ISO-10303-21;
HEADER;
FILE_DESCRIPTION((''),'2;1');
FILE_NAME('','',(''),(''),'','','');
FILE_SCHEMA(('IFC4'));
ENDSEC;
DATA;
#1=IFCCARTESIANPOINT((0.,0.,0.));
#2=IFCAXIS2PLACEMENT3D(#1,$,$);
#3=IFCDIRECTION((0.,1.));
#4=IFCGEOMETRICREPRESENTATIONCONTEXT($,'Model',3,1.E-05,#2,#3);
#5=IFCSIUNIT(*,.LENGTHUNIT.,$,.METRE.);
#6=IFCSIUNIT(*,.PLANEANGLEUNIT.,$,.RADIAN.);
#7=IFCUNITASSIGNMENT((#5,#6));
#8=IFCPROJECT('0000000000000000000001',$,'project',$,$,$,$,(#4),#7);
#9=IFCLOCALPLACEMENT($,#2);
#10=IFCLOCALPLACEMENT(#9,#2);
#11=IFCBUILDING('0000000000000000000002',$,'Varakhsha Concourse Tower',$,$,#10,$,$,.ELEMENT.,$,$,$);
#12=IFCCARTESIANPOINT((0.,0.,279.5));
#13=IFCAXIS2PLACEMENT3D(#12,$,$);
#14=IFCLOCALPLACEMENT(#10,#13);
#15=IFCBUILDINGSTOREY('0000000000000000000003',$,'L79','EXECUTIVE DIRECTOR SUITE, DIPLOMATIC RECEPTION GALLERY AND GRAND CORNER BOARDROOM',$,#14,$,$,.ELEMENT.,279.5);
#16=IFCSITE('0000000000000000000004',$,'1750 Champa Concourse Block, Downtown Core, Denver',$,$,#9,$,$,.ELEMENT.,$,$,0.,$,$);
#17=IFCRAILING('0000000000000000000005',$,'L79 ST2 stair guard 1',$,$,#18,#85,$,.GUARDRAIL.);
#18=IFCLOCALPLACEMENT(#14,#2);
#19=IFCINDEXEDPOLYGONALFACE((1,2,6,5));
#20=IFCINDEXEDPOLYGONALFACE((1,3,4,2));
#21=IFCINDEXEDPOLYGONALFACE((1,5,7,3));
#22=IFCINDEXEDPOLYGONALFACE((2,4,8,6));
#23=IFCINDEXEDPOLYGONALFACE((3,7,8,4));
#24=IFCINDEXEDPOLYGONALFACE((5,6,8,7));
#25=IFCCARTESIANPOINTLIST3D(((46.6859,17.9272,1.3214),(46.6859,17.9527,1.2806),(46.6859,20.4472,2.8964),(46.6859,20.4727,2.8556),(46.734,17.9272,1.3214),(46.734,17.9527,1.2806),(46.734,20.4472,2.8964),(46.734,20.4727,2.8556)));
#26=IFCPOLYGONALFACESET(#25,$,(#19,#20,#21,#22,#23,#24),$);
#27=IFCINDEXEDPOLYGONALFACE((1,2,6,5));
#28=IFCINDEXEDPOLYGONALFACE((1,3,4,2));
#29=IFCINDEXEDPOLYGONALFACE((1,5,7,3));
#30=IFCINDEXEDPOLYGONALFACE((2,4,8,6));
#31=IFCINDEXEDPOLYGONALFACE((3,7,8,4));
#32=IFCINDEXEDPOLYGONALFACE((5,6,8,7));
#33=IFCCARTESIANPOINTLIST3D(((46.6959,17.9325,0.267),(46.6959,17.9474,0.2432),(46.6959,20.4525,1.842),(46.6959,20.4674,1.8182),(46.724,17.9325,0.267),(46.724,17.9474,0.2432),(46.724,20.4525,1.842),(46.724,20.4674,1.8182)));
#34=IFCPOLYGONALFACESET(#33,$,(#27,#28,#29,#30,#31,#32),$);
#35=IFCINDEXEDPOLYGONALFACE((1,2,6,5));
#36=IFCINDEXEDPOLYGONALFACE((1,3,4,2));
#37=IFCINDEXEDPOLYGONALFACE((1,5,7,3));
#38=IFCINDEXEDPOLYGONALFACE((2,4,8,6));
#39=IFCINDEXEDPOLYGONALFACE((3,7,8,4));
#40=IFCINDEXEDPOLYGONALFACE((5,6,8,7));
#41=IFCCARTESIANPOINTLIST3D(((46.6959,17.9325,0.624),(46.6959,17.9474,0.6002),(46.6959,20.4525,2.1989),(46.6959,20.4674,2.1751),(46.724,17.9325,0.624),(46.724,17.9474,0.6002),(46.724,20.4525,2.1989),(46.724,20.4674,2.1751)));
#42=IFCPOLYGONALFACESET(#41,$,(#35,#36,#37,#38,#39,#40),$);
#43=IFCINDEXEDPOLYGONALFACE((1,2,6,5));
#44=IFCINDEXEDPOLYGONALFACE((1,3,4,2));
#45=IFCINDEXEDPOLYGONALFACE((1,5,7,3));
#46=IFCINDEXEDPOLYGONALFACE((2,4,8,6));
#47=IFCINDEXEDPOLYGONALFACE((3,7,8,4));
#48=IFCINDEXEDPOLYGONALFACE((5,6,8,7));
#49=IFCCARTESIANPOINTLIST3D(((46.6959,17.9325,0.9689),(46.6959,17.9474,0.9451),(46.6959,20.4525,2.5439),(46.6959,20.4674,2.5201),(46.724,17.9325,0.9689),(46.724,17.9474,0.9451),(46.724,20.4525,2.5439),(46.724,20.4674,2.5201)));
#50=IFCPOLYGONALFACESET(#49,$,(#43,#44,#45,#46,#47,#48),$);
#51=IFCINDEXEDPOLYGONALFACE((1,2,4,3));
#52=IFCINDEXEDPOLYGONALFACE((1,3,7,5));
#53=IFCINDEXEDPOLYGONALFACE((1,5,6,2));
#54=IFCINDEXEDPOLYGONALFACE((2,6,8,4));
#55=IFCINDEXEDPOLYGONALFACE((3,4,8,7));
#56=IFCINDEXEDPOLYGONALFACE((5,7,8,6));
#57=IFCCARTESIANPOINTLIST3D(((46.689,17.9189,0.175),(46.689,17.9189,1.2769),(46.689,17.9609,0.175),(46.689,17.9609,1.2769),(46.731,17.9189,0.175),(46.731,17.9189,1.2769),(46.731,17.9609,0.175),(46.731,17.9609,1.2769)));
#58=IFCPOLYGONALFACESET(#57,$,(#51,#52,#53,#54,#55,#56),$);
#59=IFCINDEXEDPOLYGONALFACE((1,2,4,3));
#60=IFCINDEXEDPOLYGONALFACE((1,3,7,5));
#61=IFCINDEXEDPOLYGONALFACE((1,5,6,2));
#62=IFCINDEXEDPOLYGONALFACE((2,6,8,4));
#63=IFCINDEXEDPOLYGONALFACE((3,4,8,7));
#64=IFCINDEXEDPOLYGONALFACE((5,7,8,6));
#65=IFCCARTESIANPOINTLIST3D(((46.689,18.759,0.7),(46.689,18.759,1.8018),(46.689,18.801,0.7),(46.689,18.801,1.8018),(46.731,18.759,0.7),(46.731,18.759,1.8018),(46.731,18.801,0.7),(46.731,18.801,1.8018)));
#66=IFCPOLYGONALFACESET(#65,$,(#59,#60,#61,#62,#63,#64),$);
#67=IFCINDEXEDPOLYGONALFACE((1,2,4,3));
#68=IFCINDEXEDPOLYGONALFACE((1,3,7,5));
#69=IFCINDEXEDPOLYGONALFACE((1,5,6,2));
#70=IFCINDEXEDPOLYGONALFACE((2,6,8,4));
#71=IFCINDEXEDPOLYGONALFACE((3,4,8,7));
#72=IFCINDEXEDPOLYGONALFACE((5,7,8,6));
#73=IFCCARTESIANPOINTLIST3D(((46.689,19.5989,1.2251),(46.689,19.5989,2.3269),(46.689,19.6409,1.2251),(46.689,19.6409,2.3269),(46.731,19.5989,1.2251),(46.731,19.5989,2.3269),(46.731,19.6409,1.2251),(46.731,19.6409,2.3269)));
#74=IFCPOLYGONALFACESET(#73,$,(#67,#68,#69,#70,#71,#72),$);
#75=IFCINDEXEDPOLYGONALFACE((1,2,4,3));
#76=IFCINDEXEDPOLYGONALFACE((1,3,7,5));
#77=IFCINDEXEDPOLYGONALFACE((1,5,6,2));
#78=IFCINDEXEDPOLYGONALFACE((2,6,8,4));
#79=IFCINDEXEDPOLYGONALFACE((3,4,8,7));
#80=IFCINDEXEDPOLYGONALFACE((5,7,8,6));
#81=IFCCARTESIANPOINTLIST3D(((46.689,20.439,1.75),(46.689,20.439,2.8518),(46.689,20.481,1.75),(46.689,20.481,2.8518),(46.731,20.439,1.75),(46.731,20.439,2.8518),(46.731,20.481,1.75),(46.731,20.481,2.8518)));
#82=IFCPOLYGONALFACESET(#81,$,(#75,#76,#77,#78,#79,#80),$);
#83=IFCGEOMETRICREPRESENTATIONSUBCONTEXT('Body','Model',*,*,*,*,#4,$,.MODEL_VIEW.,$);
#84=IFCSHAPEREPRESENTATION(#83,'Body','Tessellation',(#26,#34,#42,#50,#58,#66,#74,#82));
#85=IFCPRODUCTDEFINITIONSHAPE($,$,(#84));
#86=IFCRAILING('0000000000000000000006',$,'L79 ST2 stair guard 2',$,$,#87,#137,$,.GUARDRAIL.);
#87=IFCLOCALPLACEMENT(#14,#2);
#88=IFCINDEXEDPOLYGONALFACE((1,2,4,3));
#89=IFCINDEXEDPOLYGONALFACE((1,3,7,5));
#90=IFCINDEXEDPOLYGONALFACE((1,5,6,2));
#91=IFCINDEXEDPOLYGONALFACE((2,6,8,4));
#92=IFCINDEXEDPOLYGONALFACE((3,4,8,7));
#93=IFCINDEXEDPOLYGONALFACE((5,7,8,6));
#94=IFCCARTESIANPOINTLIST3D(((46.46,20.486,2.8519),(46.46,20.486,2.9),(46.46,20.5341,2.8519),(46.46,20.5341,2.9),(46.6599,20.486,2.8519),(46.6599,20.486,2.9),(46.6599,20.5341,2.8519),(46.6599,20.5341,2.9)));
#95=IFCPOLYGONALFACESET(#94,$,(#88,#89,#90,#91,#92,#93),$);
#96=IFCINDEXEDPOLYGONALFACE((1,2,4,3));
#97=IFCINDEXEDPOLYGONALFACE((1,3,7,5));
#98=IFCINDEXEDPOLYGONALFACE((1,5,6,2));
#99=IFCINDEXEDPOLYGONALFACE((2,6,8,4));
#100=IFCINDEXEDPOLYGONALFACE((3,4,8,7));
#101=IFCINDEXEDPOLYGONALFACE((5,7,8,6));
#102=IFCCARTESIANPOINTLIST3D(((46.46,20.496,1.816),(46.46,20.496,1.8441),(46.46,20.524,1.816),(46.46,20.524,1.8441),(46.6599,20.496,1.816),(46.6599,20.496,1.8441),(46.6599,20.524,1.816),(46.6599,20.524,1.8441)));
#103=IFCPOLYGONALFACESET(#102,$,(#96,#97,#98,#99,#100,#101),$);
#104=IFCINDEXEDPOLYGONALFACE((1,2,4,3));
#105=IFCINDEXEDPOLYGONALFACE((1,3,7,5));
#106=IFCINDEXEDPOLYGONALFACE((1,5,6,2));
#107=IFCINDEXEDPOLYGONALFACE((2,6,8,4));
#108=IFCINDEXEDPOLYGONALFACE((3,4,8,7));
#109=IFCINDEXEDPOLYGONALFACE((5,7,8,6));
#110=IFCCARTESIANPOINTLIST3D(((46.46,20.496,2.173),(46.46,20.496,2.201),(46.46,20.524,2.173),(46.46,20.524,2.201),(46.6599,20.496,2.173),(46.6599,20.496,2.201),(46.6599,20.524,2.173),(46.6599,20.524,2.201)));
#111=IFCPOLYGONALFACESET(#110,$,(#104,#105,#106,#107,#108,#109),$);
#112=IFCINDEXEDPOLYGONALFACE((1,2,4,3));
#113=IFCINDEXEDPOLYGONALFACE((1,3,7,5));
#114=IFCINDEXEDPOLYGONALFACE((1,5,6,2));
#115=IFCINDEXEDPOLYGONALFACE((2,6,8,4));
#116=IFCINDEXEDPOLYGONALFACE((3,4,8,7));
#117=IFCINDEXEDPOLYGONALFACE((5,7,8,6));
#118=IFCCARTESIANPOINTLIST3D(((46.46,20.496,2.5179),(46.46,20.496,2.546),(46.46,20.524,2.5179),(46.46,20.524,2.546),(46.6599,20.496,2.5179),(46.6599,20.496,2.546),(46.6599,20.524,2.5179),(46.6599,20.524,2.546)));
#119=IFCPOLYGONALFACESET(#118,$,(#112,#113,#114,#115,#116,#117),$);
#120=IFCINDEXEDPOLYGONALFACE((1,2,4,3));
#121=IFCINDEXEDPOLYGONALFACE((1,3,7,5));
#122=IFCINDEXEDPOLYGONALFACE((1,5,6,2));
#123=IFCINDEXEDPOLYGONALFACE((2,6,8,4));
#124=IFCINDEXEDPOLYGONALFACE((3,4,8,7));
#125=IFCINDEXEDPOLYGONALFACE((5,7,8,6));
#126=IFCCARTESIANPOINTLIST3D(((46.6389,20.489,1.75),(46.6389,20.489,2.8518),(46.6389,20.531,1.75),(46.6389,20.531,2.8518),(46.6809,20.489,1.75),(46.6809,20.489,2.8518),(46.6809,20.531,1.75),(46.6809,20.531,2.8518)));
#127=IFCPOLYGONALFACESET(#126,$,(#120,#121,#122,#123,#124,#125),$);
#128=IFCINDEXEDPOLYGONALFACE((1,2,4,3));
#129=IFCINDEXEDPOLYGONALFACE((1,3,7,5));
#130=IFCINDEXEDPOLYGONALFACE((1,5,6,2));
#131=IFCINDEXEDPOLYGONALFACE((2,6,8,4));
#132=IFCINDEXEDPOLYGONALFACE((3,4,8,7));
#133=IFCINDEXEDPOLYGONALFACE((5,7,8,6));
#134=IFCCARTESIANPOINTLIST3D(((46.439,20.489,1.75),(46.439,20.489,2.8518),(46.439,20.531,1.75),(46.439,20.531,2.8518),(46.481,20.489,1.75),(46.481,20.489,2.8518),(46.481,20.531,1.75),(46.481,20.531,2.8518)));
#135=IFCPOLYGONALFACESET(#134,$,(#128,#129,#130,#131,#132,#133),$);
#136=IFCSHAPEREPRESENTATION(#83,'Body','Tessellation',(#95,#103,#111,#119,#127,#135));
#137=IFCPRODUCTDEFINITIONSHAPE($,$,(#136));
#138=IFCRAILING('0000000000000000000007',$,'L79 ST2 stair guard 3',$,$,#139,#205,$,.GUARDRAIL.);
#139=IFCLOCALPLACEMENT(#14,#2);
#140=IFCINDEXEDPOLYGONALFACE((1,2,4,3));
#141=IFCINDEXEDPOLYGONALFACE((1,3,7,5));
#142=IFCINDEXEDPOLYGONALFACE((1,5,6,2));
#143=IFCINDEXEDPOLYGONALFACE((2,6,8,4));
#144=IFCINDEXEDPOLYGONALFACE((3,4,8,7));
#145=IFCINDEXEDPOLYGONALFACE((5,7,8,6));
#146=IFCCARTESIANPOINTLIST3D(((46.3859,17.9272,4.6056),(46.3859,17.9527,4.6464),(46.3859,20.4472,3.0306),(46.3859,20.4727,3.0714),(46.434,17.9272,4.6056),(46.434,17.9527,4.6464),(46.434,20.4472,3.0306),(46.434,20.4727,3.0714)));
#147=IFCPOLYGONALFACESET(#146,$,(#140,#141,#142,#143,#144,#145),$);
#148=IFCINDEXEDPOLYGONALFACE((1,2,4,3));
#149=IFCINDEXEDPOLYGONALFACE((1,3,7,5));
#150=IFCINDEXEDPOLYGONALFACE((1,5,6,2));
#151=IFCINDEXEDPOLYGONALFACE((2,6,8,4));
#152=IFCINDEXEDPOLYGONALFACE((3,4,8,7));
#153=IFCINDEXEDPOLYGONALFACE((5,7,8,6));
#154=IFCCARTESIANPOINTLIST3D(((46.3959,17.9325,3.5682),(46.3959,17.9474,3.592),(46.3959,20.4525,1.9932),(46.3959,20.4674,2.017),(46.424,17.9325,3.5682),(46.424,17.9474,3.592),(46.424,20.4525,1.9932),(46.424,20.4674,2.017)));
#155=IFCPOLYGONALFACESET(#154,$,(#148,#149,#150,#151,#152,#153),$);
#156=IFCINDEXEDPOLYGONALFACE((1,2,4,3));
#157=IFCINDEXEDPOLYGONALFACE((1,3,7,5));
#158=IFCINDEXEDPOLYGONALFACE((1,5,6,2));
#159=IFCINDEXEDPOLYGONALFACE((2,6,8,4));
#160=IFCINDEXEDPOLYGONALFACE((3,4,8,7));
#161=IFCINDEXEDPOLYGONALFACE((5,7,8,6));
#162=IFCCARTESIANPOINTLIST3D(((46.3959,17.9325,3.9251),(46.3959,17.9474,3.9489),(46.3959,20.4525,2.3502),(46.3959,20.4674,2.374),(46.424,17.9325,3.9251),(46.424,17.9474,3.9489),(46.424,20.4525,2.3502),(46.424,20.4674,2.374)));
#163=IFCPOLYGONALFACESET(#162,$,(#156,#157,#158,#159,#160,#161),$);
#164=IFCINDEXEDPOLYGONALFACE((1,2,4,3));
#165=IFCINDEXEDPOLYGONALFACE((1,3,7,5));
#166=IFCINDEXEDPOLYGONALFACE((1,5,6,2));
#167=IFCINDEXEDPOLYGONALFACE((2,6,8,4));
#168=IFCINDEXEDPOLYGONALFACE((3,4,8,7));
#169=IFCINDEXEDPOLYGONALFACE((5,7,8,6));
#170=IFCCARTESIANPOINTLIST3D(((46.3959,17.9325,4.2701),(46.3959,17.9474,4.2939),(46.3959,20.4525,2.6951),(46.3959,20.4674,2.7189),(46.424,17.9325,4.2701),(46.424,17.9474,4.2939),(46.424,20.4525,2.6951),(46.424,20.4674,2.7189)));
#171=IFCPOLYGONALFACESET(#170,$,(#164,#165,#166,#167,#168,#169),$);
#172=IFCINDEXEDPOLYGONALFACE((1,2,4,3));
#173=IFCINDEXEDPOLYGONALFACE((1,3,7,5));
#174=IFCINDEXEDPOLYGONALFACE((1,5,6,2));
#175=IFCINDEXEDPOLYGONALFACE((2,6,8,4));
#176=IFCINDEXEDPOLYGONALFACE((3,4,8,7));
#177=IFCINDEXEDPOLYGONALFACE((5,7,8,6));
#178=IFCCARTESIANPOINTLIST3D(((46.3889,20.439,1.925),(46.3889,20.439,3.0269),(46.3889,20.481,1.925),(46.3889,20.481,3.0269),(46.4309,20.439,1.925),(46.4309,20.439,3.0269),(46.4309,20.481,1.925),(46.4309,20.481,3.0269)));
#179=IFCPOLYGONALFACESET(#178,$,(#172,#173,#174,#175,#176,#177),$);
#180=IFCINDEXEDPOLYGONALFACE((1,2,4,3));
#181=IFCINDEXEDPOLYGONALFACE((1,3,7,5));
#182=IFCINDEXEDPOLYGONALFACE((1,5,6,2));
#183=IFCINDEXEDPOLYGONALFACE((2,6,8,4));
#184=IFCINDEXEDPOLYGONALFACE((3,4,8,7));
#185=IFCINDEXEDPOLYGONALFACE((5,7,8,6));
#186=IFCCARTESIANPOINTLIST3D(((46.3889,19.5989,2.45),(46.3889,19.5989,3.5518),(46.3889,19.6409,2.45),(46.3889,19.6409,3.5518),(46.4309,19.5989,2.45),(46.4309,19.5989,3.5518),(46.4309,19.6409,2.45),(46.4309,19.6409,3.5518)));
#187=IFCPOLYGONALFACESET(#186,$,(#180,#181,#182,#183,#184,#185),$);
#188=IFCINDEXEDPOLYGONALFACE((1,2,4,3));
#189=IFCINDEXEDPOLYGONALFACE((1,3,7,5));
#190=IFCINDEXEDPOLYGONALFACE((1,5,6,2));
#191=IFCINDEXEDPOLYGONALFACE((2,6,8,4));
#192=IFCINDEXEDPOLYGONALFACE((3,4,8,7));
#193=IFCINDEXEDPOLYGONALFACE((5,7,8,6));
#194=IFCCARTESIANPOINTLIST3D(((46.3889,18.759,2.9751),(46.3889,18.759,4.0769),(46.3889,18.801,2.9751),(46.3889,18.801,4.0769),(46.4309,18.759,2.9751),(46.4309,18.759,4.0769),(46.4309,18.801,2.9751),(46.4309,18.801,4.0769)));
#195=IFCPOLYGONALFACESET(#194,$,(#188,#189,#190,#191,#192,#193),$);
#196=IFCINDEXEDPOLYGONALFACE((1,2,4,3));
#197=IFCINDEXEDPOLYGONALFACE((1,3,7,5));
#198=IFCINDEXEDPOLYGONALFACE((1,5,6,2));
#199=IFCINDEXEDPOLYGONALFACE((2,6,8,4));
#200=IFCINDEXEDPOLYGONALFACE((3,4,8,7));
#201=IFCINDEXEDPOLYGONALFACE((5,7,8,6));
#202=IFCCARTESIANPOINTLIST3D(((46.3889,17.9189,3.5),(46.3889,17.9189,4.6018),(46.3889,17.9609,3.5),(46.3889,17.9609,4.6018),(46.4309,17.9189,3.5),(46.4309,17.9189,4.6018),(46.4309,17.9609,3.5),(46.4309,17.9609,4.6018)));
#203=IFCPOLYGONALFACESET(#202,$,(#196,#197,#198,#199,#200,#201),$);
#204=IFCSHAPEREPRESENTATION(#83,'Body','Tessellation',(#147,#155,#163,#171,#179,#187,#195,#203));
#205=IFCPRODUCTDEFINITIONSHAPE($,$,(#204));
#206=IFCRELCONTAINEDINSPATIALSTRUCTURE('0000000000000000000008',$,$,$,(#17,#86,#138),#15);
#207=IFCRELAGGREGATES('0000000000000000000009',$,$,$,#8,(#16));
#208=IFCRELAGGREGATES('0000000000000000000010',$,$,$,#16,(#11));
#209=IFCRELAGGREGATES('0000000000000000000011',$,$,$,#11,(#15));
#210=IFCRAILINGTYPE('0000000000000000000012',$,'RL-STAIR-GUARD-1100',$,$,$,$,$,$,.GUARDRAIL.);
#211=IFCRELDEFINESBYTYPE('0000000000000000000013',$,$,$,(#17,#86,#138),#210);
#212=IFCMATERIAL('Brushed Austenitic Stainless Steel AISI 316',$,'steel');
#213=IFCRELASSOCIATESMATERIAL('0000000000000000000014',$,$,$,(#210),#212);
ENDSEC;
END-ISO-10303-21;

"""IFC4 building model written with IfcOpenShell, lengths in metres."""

from ifc_helpers import new_model, si_unit, direction, frame, origin, origin_2d, place, context, subcontext, project, spatial, rectangle, extrude, material, type_object, element, save


model = new_model("IFC4")

# Units and contexts
model_context = context("Model", 3, precision=1e-05, world=origin(), true_north=direction((0.0, 1.0)))
body_context = subcontext(model_context, "Body", "Model", "MODEL_VIEW")
ifc_project = project(units=[si_unit("LENGTHUNIT", "METRE"), si_unit("PLANEANGLEUNIT", "RADIAN")], contexts=[model_context])

# Site, building, storey
site_placement = place(None, origin())
site = spatial("IfcSite", under=ifc_project, at=site_placement, Name="1750 Champa Concourse Block, Downtown Core, Denver", CompositionType="ELEMENT", RefElevation=0.0)
building_placement = place(site_placement, origin())
building = spatial("IfcBuilding", under=site, at=building_placement, Name="Varakhsha Concourse Tower", CompositionType="ELEMENT")
storey_placement = place(building_placement, frame((0.0, 0.0, 279.5)))
storey = spatial("IfcBuildingStorey", under=building, at=storey_placement, Name="L79", Description="EXECUTIVE DIRECTOR SUITE, DIPLOMATIC RECEPTION GALLERY AND GRAND CORNER BOARDROOM", CompositionType="ELEMENT", Elevation=279.5)

# Railings
ifc_material_1 = material(Name="Brushed Austenitic Stainless Steel AISI 316", Category="steel")
railing_type_1 = type_object("IfcRailingType", Name="RL-STAIR-GUARD-1100", PredefinedType="GUARDRAIL", material=ifc_material_1)
railing_1_placement = place(storey_placement, frame((46.71, 17.9399, 0.175)))
element("IfcRailing", 1, at=railing_1_placement, inside=storey, type_object=railing_type_1, Name="L79 ST2 stair guard 1", PredefinedType="GUARDRAIL", context=body_context, shape_type="SweptSolid", body=[
    extrude(rectangle(XDim=0.0481, YDim=0.0481, at=origin_2d()), frame((0.0, 0.0, 1.126), z_axis=(0.0, 0.848008, 0.529984), x_axis=(-1.0, 0.0, 0.0)), (0.0, 0.0, 1.0), 2.9717),
    extrude(rectangle(XDim=0.0281, YDim=0.0281, at=origin_2d()), frame((0.0, 0.0, 0.0801), z_axis=(0.0, 0.848008, 0.529984), x_axis=(-1.0, 0.0, 0.0)), (0.0, 0.0, 1.0), 2.9717),
    extrude(rectangle(XDim=0.0281, YDim=0.0281, at=origin_2d()), frame((0.0, 0.0, 0.437), z_axis=(0.0, 0.848008, 0.529984), x_axis=(-1.0, 0.0, 0.0)), (0.0, 0.0, 1.0), 2.9717),
    extrude(rectangle(XDim=0.0281, YDim=0.0281, at=origin_2d()), frame((0.0, 0.0, 0.782), z_axis=(0.0, 0.848008, 0.529984), x_axis=(-1.0, 0.0, 0.0)), (0.0, 0.0, 1.0), 2.9717),
    extrude(rectangle(XDim=0.042, YDim=0.042, at=origin_2d()), origin(), (0.0, 0.0, 1.0), 1.1018),
    extrude(rectangle(XDim=0.042, YDim=0.042, at=origin_2d()), frame((0.0, 0.8401, 0.5249)), (0.0, 0.0, 1.0), 1.1018),
    extrude(rectangle(XDim=0.042, YDim=0.042, at=origin_2d()), frame((0.0, 1.6799, 1.05)), (0.0, 0.0, 1.0), 1.1018),
    extrude(rectangle(XDim=0.042, YDim=0.042, at=origin_2d()), frame((0.0, 2.52, 1.575)), (0.0, 0.0, 1.0), 1.1018),
])
railing_2_placement = place(storey_placement, frame((46.6599, 20.51, 1.75)))
element("IfcRailing", 2, at=railing_2_placement, inside=storey, type_object=railing_type_1, Name="L79 ST2 stair guard 2", PredefinedType="GUARDRAIL", context=body_context, shape_type="SweptSolid", body=[
    extrude(rectangle(XDim=0.0481, YDim=0.0481, at=origin_2d()), frame((0.0, 0.0, 1.126), z_axis=(-1.0, 0.0, 0.0), x_axis=(0.0, -1.0, 0.0)), (0.0, 0.0, 1.0), 0.2),
    extrude(rectangle(XDim=0.0281, YDim=0.0281, at=origin_2d()), frame((0.0, 0.0, 0.0801), z_axis=(-1.0, 0.0, 0.0), x_axis=(0.0, -1.0, 0.0)), (0.0, 0.0, 1.0), 0.2),
    extrude(rectangle(XDim=0.0281, YDim=0.0281, at=origin_2d()), frame((0.0, 0.0, 0.437), z_axis=(-1.0, 0.0, 0.0), x_axis=(0.0, -1.0, 0.0)), (0.0, 0.0, 1.0), 0.2),
    extrude(rectangle(XDim=0.0281, YDim=0.0281, at=origin_2d()), frame((0.0, 0.0, 0.782), z_axis=(-1.0, 0.0, 0.0), x_axis=(0.0, -1.0, 0.0)), (0.0, 0.0, 1.0), 0.2),
    extrude(rectangle(XDim=0.042, YDim=0.042, at=origin_2d()), origin(), (0.0, 0.0, 1.0), 1.1018),
    extrude(rectangle(XDim=0.042, YDim=0.042, at=origin_2d()), frame((-0.2, 0.0, 0.0)), (0.0, 0.0, 1.0), 1.1018),
])
railing_3_placement = place(storey_placement, frame((46.4099, 20.46, 1.925)))
element("IfcRailing", 3, at=railing_3_placement, inside=storey, type_object=railing_type_1, Name="L79 ST2 stair guard 3", PredefinedType="GUARDRAIL", context=body_context, shape_type="SweptSolid", body=[
    extrude(rectangle(XDim=0.0481, YDim=0.0481, at=origin_2d()), frame((0.0, 0.0, 1.126), z_axis=(0.0, -0.848008, 0.529984), x_axis=(1.0, 0.0, 0.0)), (0.0, 0.0, 1.0), 2.9717),
    extrude(rectangle(XDim=0.0281, YDim=0.0281, at=origin_2d()), frame((0.0, 0.0, 0.0801), z_axis=(0.0, -0.848008, 0.529984), x_axis=(1.0, 0.0, 0.0)), (0.0, 0.0, 1.0), 2.9717),
    extrude(rectangle(XDim=0.0281, YDim=0.0281, at=origin_2d()), frame((0.0, 0.0, 0.437), z_axis=(0.0, -0.848008, 0.529984), x_axis=(1.0, 0.0, 0.0)), (0.0, 0.0, 1.0), 2.9717),
    extrude(rectangle(XDim=0.0281, YDim=0.0281, at=origin_2d()), frame((0.0, 0.0, 0.782), z_axis=(0.0, -0.848008, 0.529984), x_axis=(1.0, 0.0, 0.0)), (0.0, 0.0, 1.0), 2.9717),
    extrude(rectangle(XDim=0.042, YDim=0.042, at=origin_2d()), origin(), (0.0, 0.0, 1.0), 1.1018),
    extrude(rectangle(XDim=0.042, YDim=0.042, at=origin_2d()), frame((0.0, -0.8401, 0.5249)), (0.0, 0.0, 1.0), 1.1018),
    extrude(rectangle(XDim=0.042, YDim=0.042, at=origin_2d()), frame((0.0, -1.6799, 1.05)), (0.0, 0.0, 1.0), 1.1018),
    extrude(rectangle(XDim=0.042, YDim=0.042, at=origin_2d()), frame((0.0, -2.52, 1.575)), (0.0, 0.0, 1.0), 1.1018),
])

save(model, "model.ifc")
